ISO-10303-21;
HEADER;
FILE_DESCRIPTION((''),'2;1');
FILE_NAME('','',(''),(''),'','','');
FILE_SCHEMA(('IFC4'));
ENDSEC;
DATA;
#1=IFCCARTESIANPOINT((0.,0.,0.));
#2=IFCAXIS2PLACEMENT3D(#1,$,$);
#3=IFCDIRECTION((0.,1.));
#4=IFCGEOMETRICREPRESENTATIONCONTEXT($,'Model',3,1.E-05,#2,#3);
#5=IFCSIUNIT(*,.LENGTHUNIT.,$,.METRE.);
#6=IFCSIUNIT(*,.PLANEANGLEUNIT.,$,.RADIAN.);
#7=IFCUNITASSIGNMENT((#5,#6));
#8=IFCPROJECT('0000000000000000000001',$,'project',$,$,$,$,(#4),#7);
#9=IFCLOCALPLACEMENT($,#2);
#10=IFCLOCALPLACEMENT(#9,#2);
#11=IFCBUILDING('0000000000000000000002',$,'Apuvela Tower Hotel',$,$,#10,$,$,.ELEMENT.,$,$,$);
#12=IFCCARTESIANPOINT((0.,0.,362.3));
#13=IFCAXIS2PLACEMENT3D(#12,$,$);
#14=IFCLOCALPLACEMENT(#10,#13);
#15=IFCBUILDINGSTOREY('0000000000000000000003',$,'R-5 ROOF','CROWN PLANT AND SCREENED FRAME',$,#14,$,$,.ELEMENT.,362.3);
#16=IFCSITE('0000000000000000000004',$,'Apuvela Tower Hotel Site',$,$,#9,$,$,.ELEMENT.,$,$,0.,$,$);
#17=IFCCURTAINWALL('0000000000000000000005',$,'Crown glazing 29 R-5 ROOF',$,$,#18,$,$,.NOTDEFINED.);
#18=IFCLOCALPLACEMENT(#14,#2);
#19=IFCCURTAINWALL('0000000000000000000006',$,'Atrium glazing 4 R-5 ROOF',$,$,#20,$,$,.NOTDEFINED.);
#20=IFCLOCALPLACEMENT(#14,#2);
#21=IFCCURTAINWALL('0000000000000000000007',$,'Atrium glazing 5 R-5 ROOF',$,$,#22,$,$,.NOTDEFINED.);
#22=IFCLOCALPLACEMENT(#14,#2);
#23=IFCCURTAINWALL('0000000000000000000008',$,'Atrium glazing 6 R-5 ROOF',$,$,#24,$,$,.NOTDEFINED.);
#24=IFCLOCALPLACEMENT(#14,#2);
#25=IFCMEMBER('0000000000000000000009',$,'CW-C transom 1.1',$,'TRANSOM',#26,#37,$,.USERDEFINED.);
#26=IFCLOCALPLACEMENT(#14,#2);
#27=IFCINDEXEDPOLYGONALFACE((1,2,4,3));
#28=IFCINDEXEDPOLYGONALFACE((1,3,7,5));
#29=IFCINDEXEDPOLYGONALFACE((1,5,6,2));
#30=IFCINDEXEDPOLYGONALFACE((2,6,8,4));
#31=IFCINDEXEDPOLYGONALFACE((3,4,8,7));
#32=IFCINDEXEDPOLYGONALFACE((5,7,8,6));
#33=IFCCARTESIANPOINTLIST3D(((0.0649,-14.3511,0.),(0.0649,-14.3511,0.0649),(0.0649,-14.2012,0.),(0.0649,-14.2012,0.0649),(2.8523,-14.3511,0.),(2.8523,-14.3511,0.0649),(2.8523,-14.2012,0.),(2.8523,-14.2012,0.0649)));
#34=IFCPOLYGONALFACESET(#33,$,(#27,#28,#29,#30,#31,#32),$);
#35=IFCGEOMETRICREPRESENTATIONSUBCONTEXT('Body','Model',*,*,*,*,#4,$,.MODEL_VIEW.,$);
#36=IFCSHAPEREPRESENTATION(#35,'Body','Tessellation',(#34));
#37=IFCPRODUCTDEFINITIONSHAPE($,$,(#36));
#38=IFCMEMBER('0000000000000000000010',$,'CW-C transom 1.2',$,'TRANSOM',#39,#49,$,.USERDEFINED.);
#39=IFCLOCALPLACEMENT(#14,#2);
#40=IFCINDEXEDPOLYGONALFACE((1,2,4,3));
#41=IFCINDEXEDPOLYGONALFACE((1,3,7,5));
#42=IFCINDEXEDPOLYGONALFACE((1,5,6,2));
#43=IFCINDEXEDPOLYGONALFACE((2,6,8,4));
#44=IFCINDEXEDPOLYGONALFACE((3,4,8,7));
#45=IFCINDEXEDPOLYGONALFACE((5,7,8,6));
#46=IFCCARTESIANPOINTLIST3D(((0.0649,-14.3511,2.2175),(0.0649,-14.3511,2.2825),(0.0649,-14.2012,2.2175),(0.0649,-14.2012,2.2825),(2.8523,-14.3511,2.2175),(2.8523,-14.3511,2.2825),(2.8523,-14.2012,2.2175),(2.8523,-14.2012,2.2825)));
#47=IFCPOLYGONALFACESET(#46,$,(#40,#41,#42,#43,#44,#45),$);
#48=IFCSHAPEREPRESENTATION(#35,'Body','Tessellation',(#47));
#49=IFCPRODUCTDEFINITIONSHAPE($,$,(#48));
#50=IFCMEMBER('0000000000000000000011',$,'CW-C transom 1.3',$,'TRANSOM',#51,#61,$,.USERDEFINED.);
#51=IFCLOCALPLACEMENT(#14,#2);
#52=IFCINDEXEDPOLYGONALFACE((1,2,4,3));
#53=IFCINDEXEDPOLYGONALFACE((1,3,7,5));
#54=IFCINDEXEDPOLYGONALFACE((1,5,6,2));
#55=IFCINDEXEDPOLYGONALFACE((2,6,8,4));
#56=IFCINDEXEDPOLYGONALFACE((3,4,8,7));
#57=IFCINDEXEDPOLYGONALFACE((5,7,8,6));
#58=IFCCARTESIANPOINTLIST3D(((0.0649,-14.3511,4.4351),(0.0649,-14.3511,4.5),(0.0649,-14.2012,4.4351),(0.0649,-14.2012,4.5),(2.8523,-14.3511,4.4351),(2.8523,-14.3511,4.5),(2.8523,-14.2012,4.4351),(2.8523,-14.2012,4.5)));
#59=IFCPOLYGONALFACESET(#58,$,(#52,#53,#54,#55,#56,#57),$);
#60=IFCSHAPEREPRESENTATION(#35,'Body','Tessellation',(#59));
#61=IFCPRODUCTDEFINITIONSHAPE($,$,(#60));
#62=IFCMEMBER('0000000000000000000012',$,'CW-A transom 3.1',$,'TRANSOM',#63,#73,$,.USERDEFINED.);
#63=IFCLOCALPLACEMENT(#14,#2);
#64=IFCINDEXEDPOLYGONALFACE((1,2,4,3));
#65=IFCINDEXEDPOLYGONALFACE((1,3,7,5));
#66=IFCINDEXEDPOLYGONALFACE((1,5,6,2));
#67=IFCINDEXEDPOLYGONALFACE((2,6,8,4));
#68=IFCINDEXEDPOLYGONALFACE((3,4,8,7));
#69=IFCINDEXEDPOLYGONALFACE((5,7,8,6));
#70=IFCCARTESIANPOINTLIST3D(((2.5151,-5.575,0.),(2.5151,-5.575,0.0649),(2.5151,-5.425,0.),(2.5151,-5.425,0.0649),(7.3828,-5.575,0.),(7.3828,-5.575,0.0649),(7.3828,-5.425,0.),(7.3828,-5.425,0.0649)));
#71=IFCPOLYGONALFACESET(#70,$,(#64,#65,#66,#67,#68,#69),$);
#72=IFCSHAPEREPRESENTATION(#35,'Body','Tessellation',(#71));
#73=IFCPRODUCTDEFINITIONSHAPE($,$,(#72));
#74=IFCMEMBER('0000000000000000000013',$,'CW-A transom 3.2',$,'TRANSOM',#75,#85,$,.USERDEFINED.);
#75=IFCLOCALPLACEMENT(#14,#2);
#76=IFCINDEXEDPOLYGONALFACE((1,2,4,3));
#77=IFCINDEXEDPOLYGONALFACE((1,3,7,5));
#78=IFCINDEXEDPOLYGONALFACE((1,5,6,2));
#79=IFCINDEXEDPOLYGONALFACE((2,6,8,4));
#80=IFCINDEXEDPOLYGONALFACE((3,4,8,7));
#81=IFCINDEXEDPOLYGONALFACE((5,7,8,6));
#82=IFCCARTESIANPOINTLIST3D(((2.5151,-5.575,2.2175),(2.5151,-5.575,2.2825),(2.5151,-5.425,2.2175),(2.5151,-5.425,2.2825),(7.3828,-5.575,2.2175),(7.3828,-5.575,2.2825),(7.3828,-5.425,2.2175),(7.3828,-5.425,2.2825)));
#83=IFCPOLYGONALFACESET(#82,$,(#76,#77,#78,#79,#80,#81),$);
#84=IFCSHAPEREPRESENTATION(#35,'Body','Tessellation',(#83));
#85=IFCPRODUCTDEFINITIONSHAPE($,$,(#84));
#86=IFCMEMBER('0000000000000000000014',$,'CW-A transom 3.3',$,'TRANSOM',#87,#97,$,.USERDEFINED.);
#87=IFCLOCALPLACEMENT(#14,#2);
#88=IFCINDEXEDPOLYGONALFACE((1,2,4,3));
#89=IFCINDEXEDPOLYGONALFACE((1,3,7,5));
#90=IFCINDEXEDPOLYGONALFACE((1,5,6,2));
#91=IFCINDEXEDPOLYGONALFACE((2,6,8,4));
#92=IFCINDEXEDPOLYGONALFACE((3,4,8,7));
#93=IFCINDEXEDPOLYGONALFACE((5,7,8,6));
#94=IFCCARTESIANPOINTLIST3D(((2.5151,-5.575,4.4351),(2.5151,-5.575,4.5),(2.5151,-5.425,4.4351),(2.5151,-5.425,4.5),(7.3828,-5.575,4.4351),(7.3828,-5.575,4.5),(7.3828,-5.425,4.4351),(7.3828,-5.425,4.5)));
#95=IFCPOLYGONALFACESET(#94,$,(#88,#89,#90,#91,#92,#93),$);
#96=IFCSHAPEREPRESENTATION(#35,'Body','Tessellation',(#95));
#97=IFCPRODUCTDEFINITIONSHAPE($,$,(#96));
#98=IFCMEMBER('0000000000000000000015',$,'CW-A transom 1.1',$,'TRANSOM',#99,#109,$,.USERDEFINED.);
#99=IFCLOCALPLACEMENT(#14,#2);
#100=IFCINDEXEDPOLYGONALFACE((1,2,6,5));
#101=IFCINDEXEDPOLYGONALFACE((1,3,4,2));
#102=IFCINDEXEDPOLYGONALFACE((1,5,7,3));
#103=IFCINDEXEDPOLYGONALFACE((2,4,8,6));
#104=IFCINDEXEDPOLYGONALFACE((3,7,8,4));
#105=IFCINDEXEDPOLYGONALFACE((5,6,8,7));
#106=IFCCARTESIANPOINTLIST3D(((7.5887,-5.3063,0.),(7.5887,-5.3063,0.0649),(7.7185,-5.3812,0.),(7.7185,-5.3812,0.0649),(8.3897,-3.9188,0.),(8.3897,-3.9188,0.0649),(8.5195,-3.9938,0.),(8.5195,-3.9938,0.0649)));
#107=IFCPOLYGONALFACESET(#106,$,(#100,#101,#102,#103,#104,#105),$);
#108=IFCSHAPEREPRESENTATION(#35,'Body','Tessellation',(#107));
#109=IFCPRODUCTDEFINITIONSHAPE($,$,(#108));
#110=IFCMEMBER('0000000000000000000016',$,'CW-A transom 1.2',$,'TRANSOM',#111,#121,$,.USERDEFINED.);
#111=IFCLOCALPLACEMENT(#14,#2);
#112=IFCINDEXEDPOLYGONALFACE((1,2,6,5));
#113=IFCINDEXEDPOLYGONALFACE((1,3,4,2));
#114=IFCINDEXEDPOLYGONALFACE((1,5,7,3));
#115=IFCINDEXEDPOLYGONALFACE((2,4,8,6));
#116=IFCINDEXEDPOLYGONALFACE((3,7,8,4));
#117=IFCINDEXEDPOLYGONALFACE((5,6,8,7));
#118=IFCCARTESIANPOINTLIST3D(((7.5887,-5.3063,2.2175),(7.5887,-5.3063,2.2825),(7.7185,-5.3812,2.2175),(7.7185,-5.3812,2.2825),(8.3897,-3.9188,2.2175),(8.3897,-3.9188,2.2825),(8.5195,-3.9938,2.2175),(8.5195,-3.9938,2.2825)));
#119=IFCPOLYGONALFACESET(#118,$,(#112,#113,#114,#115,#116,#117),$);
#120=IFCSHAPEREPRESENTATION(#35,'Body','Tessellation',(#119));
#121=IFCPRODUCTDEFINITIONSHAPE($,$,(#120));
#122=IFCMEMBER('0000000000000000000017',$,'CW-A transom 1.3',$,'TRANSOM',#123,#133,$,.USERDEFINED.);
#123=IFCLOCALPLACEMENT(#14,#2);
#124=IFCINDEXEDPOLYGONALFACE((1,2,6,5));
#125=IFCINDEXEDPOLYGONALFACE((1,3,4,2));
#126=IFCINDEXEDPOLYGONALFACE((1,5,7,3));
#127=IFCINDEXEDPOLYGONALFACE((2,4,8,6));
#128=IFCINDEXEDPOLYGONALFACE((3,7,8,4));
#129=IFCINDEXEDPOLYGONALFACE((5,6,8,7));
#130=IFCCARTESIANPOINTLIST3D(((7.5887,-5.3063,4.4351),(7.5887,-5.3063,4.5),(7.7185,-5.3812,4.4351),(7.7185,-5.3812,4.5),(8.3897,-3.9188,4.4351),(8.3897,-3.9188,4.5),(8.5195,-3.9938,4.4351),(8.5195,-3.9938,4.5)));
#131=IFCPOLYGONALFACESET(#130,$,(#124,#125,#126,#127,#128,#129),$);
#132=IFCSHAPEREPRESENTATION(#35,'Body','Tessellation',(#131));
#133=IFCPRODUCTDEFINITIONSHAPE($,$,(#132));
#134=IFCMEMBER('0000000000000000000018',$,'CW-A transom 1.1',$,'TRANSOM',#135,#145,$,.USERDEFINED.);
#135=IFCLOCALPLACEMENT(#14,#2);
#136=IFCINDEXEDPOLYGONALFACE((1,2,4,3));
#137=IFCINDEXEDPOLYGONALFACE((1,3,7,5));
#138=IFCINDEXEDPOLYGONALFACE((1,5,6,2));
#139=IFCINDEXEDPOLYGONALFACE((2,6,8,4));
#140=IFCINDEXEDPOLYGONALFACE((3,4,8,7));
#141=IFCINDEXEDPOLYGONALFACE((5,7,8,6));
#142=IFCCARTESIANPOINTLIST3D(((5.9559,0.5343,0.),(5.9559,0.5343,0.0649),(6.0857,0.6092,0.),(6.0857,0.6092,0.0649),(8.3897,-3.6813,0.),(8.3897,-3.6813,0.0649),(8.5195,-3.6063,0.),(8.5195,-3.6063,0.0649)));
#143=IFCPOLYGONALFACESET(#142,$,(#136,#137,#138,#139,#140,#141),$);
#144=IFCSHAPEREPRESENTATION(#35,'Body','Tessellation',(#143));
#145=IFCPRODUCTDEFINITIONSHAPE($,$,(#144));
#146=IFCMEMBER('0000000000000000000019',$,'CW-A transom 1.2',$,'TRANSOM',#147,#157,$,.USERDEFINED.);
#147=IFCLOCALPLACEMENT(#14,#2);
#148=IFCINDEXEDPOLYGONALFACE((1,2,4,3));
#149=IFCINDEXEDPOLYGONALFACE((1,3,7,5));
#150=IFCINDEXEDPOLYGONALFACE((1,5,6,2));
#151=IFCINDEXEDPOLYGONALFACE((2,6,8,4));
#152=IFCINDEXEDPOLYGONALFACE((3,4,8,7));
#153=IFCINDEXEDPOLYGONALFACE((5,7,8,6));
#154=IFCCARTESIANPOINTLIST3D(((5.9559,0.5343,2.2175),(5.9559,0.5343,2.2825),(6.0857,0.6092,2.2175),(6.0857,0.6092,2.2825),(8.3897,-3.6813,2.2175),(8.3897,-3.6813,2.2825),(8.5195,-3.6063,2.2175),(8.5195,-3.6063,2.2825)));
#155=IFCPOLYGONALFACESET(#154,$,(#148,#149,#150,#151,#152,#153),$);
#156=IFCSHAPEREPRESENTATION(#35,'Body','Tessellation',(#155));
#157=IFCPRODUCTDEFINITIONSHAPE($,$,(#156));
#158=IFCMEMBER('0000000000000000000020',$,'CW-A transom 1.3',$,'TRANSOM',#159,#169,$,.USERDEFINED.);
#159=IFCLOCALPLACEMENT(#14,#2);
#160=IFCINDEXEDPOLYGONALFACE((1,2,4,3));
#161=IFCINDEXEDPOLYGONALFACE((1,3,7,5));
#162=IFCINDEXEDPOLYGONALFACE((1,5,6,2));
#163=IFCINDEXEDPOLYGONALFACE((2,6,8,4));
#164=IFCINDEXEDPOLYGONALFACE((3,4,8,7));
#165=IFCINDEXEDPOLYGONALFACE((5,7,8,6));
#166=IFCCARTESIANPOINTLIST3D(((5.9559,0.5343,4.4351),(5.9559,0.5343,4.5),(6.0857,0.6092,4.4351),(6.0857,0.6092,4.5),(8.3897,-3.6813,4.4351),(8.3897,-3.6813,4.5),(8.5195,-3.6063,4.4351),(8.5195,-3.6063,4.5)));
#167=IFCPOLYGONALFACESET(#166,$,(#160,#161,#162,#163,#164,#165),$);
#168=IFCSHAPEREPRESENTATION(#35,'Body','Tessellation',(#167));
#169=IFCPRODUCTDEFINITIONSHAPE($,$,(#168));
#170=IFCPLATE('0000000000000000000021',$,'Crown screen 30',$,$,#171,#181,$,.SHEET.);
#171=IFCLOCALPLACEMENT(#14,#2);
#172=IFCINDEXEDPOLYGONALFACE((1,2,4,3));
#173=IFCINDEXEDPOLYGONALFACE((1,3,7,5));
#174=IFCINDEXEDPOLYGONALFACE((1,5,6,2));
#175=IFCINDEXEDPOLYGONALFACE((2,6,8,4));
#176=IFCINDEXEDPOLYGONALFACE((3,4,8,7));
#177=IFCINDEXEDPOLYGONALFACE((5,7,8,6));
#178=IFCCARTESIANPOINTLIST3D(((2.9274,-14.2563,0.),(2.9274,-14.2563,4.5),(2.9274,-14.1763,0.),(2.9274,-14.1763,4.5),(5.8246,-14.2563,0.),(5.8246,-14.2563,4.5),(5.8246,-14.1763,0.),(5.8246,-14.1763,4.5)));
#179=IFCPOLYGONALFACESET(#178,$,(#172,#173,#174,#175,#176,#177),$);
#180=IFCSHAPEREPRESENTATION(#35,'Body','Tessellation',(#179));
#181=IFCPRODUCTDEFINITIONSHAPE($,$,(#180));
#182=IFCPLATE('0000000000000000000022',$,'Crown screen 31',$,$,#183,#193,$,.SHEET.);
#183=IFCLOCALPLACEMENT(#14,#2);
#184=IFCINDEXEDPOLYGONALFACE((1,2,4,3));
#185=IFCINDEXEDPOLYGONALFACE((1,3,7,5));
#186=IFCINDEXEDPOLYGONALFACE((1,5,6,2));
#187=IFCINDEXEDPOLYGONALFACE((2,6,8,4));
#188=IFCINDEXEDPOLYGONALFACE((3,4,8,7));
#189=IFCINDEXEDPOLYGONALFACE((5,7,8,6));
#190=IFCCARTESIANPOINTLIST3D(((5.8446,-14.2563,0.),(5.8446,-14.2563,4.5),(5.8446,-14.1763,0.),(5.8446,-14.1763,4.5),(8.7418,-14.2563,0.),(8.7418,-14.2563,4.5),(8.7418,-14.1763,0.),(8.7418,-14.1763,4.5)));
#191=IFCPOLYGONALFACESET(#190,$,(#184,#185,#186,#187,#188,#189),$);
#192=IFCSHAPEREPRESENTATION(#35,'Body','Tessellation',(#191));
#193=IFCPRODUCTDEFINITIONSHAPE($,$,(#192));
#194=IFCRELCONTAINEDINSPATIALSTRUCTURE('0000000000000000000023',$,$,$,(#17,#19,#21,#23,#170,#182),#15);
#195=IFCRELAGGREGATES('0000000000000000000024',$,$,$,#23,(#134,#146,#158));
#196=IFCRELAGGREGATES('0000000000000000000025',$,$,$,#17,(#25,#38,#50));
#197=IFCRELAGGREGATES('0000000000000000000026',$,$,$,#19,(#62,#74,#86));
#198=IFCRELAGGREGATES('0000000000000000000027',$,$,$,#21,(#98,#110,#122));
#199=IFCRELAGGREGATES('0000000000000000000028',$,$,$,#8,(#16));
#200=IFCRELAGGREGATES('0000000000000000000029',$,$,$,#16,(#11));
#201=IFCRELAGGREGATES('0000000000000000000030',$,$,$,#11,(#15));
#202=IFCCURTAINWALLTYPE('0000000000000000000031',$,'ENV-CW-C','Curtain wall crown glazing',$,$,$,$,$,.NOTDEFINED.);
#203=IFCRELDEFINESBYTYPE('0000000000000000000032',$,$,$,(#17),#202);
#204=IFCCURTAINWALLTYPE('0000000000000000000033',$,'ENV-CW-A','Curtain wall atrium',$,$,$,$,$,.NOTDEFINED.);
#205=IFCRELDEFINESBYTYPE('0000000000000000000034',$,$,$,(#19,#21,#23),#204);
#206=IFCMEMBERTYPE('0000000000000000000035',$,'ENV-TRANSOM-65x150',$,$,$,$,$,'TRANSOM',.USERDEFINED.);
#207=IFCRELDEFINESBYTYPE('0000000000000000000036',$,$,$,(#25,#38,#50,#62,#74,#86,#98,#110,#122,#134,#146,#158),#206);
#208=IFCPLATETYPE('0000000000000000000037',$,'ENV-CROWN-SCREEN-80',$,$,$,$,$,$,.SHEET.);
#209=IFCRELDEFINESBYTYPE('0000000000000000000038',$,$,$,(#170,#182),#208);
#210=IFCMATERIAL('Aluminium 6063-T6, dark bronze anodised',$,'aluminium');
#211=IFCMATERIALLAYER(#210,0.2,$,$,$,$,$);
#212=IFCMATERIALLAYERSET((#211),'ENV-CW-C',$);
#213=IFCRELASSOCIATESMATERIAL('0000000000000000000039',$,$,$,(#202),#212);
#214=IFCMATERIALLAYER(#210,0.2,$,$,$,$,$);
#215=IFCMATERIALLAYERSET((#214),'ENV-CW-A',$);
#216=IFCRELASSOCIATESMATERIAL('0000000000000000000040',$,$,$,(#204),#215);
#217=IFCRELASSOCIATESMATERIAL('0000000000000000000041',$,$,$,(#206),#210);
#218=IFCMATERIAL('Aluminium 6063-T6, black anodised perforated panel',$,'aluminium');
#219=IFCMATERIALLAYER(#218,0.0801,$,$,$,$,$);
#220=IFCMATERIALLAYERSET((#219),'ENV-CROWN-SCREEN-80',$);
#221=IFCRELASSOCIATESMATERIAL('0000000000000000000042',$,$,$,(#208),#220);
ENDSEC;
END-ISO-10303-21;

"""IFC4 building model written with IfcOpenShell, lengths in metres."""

from ifc_helpers import new_model, si_unit, direction, frame, origin, origin_2d, place, context, subcontext, project, spatial, rectangle, extrude, material, layer, layer_set, material_profile, profile_set, type_object, element, aggregate, save


model = new_model("IFC4")

# Units and contexts
model_context = context("Model", 3, precision=1e-05, world=origin(), true_north=direction((0.0, 1.0)))
body_context = subcontext(model_context, "Body", "Model", "MODEL_VIEW")
ifc_project = project(units=[si_unit("LENGTHUNIT", "METRE"), si_unit("PLANEANGLEUNIT", "RADIAN")], contexts=[model_context])

# Site, building, storey
site_placement = place(None, origin())
site = spatial("IfcSite", under=ifc_project, at=site_placement, Name="Apuvela Tower Hotel Site", CompositionType="ELEMENT", RefElevation=0.0)
building_placement = place(site_placement, origin())
building = spatial("IfcBuilding", under=site, at=building_placement, Name="Apuvela Tower Hotel", CompositionType="ELEMENT")
storey_placement = place(building_placement, frame((0.0, 0.0, 362.3)))
storey = spatial("IfcBuildingStorey", under=building, at=storey_placement, Name="R-5 ROOF", Description="CROWN PLANT AND SCREENED FRAME", CompositionType="ELEMENT", Elevation=362.3)

# Curtain walls
ifc_material_1 = material(Name="Aluminium 6063-T6, dark bronze anodised", Category="aluminium")
ifc_layer_1 = layer(ifc_material_1, 0.2)
ifc_layer_set_1 = layer_set([ifc_layer_1], Name="ENV-CW-C")
curtain_wall_type_1 = type_object("IfcCurtainWallType", Name="ENV-CW-C", Description="Curtain wall crown glazing", PredefinedType="NOTDEFINED", material=ifc_layer_set_1)
curtain_wall_1_placement = place(storey_placement, origin())
curtain_wall_1 = element("IfcCurtainWall", 1, at=curtain_wall_1_placement, inside=storey, type_object=curtain_wall_type_1, Name="Crown glazing 29 R-5 ROOF", PredefinedType="NOTDEFINED")
ifc_layer_2 = layer(ifc_material_1, 0.2)
ifc_layer_set_2 = layer_set([ifc_layer_2], Name="ENV-CW-A")
curtain_wall_type_2 = type_object("IfcCurtainWallType", Name="ENV-CW-A", Description="Curtain wall atrium", PredefinedType="NOTDEFINED", material=ifc_layer_set_2)
curtain_wall_2_placement = place(storey_placement, origin())
curtain_wall_2 = element("IfcCurtainWall", 2, at=curtain_wall_2_placement, inside=storey, type_object=curtain_wall_type_2, Name="Atrium glazing 4 R-5 ROOF", PredefinedType="NOTDEFINED")
curtain_wall_3_placement = place(storey_placement, origin())
curtain_wall_3 = element("IfcCurtainWall", 3, at=curtain_wall_3_placement, inside=storey, type_object=curtain_wall_type_2, Name="Atrium glazing 5 R-5 ROOF", PredefinedType="NOTDEFINED")

# Curtain wall
curtain_wall_4_placement = place(storey_placement, origin())
curtain_wall_4 = element("IfcCurtainWall", 4, at=curtain_wall_4_placement, inside=storey, type_object=curtain_wall_type_2, Name="Atrium glazing 6 R-5 ROOF", PredefinedType="NOTDEFINED")

# Members
ifc_material_profile_1 = material_profile(ifc_material_1, rectangle(XDim=0.1499, YDim=0.0649, at=origin_2d()), Name="AL 65x150 transom")
ifc_profile_set_1 = profile_set([ifc_material_profile_1], Name="Aluminium 6063-T6, dark bronze anodised")
member_type_1 = type_object("IfcMemberType", Name="ENV-TRANSOM-65x150", ElementType="TRANSOM", PredefinedType="USERDEFINED", material=ifc_profile_set_1)
member_1_placement = place(storey_placement, frame((0.0649, -14.2761, 0.0325), z_axis=(1.0, 0.0, 0.0), x_axis=(0.0, 1.0, 0.0)))
member_1 = element("IfcMember", 5, at=member_1_placement, type_object=member_type_1, Name="CW-C transom 1.1", ObjectType="TRANSOM", PredefinedType="USERDEFINED", context=body_context, shape_type="SweptSolid", body=[
    extrude(rectangle(XDim=0.1499, YDim=0.0649, at=origin_2d()), origin(), (0.0, 0.0, 1.0), 2.7874),
])
member_2_placement = place(storey_placement, frame((0.0649, -14.2761, 2.25), z_axis=(1.0, 0.0, 0.0), x_axis=(0.0, 1.0, 0.0)))
member_2 = element("IfcMember", 6, at=member_2_placement, type_object=member_type_1, Name="CW-C transom 1.2", ObjectType="TRANSOM", PredefinedType="USERDEFINED", context=body_context, shape_type="SweptSolid", body=[
    extrude(rectangle(XDim=0.1499, YDim=0.0649, at=origin_2d()), origin(), (0.0, 0.0, 1.0), 2.7874),
])
member_3_placement = place(storey_placement, frame((0.0649, -14.2761, 4.4675), z_axis=(1.0, 0.0, 0.0), x_axis=(0.0, 1.0, 0.0)))
member_3 = element("IfcMember", 7, at=member_3_placement, type_object=member_type_1, Name="CW-C transom 1.3", ObjectType="TRANSOM", PredefinedType="USERDEFINED", context=body_context, shape_type="SweptSolid", body=[
    extrude(rectangle(XDim=0.1499, YDim=0.0649, at=origin_2d()), origin(), (0.0, 0.0, 1.0), 2.7874),
])
member_4_placement = place(storey_placement, frame((2.5151, -5.5, 0.0325), z_axis=(1.0, 0.0, 0.0), x_axis=(0.0, 1.0, 0.0)))
member_4 = element("IfcMember", 8, at=member_4_placement, type_object=member_type_1, Name="CW-A transom 3.1", ObjectType="TRANSOM", PredefinedType="USERDEFINED", context=body_context, shape_type="SweptSolid", body=[
    extrude(rectangle(XDim=0.1499, YDim=0.0649, at=origin_2d()), origin(), (0.0, 0.0, 1.0), 4.8677),
])
member_5_placement = place(storey_placement, frame((2.5151, -5.5, 2.25), z_axis=(1.0, 0.0, 0.0), x_axis=(0.0, 1.0, 0.0)))
member_5 = element("IfcMember", 9, at=member_5_placement, type_object=member_type_1, Name="CW-A transom 3.2", ObjectType="TRANSOM", PredefinedType="USERDEFINED", context=body_context, shape_type="SweptSolid", body=[
    extrude(rectangle(XDim=0.1499, YDim=0.0649, at=origin_2d()), origin(), (0.0, 0.0, 1.0), 4.8677),
])
member_6_placement = place(storey_placement, frame((2.5151, -5.5, 4.4675), z_axis=(1.0, 0.0, 0.0), x_axis=(0.0, 1.0, 0.0)))
member_6 = element("IfcMember", 10, at=member_6_placement, type_object=member_type_1, Name="CW-A transom 3.3", ObjectType="TRANSOM", PredefinedType="USERDEFINED", context=body_context, shape_type="SweptSolid", body=[
    extrude(rectangle(XDim=0.1499, YDim=0.0649, at=origin_2d()), origin(), (0.0, 0.0, 1.0), 4.8677),
])
member_7_placement = place(storey_placement, frame((7.6536, -5.3438, 0.0325), z_axis=(0.499991, 0.866031, 0.0), x_axis=(-0.866031, 0.499991, 0.0)))
member_7 = element("IfcMember", 11, at=member_7_placement, type_object=member_type_1, Name="CW-A transom 1.1", ObjectType="TRANSOM", PredefinedType="USERDEFINED", context=body_context, shape_type="SweptSolid", body=[
    extrude(rectangle(XDim=0.1499, YDim=0.0649, at=origin_2d()), origin(), (0.0, 0.0, 1.0), 1.6021),
])
member_8_placement = place(storey_placement, frame((7.6536, -5.3438, 2.25), z_axis=(0.499991, 0.866031, 0.0), x_axis=(-0.866031, 0.499991, 0.0)))
member_8 = element("IfcMember", 12, at=member_8_placement, type_object=member_type_1, Name="CW-A transom 1.2", ObjectType="TRANSOM", PredefinedType="USERDEFINED", context=body_context, shape_type="SweptSolid", body=[
    extrude(rectangle(XDim=0.1499, YDim=0.0649, at=origin_2d()), origin(), (0.0, 0.0, 1.0), 1.6021),
])
member_9_placement = place(storey_placement, frame((7.6536, -5.3438, 4.4675), z_axis=(0.499991, 0.866031, 0.0), x_axis=(-0.866031, 0.499991, 0.0)))
member_9 = element("IfcMember", 13, at=member_9_placement, type_object=member_type_1, Name="CW-A transom 1.3", ObjectType="TRANSOM", PredefinedType="USERDEFINED", context=body_context, shape_type="SweptSolid", body=[
    extrude(rectangle(XDim=0.1499, YDim=0.0649, at=origin_2d()), origin(), (0.0, 0.0, 1.0), 1.6021),
])
member_10_placement = place(storey_placement, frame((8.4546, -3.6438, 0.0325), z_axis=(-0.499996, 0.866028, 0.0), x_axis=(-0.866028, -0.499996, 0.0)))
member_10 = element("IfcMember", 14, at=member_10_placement, type_object=member_type_1, Name="CW-A transom 1.1", ObjectType="TRANSOM", PredefinedType="USERDEFINED", context=body_context, shape_type="SweptSolid", body=[
    extrude(rectangle(XDim=0.1499, YDim=0.0649, at=origin_2d()), origin(), (0.0, 0.0, 1.0), 4.8677),
])
member_11_placement = place(storey_placement, frame((8.4546, -3.6438, 2.25), z_axis=(-0.499996, 0.866028, 0.0), x_axis=(-0.866028, -0.499996, 0.0)))
member_11 = element("IfcMember", 15, at=member_11_placement, type_object=member_type_1, Name="CW-A transom 1.2", ObjectType="TRANSOM", PredefinedType="USERDEFINED", context=body_context, shape_type="SweptSolid", body=[
    extrude(rectangle(XDim=0.1499, YDim=0.0649, at=origin_2d()), origin(), (0.0, 0.0, 1.0), 4.8677),
])
member_12_placement = place(storey_placement, frame((8.4546, -3.6438, 4.4675), z_axis=(-0.499996, 0.866028, 0.0), x_axis=(-0.866028, -0.499996, 0.0)))
member_12 = element("IfcMember", 16, at=member_12_placement, type_object=member_type_1, Name="CW-A transom 1.3", ObjectType="TRANSOM", PredefinedType="USERDEFINED", context=body_context, shape_type="SweptSolid", body=[
    extrude(rectangle(XDim=0.1499, YDim=0.0649, at=origin_2d()), origin(), (0.0, 0.0, 1.0), 4.8677),
])
aggregate(curtain_wall_4, [member_10, member_11, member_12])

# Plates
ifc_material_2 = material(Name="Aluminium 6063-T6, black anodised perforated panel", Category="aluminium")
ifc_layer_3 = layer(ifc_material_2, 0.0801)
ifc_layer_set_3 = layer_set([ifc_layer_3], Name="ENV-CROWN-SCREEN-80")
plate_type_1 = type_object("IfcPlateType", Name="ENV-CROWN-SCREEN-80", PredefinedType="SHEET", material=ifc_layer_set_3)
for number, where, z_axis, x_axis, name in (
    (17, (4.376, -14.2163, 0.0), (0.0, 0.0, 1.0), (1.0, 0.0, 0.0), "Crown screen 30"),
    (18, (7.2932, -14.2163, 0.0), (0.0, 0.0, 1.0), (1.0, 0.0, 0.0), "Crown screen 31"),
):
    element("IfcPlate", number, at=place(storey_placement, frame(where, z_axis=z_axis, x_axis=x_axis)), inside=storey, type_object=plate_type_1, Name=name, PredefinedType="SHEET", context=body_context, shape_type="SweptSolid", body=[
        extrude(rectangle(XDim=2.8972, YDim=0.0801, at=origin_2d()), origin(), (0.0, 0.0, 1.0), 4.5),
    ])

aggregate(curtain_wall_1, [member_1, member_2, member_3])
aggregate(curtain_wall_2, [member_4, member_5, member_6])
aggregate(curtain_wall_3, [member_7, member_8, member_9])

save(model, "model.ifc")
